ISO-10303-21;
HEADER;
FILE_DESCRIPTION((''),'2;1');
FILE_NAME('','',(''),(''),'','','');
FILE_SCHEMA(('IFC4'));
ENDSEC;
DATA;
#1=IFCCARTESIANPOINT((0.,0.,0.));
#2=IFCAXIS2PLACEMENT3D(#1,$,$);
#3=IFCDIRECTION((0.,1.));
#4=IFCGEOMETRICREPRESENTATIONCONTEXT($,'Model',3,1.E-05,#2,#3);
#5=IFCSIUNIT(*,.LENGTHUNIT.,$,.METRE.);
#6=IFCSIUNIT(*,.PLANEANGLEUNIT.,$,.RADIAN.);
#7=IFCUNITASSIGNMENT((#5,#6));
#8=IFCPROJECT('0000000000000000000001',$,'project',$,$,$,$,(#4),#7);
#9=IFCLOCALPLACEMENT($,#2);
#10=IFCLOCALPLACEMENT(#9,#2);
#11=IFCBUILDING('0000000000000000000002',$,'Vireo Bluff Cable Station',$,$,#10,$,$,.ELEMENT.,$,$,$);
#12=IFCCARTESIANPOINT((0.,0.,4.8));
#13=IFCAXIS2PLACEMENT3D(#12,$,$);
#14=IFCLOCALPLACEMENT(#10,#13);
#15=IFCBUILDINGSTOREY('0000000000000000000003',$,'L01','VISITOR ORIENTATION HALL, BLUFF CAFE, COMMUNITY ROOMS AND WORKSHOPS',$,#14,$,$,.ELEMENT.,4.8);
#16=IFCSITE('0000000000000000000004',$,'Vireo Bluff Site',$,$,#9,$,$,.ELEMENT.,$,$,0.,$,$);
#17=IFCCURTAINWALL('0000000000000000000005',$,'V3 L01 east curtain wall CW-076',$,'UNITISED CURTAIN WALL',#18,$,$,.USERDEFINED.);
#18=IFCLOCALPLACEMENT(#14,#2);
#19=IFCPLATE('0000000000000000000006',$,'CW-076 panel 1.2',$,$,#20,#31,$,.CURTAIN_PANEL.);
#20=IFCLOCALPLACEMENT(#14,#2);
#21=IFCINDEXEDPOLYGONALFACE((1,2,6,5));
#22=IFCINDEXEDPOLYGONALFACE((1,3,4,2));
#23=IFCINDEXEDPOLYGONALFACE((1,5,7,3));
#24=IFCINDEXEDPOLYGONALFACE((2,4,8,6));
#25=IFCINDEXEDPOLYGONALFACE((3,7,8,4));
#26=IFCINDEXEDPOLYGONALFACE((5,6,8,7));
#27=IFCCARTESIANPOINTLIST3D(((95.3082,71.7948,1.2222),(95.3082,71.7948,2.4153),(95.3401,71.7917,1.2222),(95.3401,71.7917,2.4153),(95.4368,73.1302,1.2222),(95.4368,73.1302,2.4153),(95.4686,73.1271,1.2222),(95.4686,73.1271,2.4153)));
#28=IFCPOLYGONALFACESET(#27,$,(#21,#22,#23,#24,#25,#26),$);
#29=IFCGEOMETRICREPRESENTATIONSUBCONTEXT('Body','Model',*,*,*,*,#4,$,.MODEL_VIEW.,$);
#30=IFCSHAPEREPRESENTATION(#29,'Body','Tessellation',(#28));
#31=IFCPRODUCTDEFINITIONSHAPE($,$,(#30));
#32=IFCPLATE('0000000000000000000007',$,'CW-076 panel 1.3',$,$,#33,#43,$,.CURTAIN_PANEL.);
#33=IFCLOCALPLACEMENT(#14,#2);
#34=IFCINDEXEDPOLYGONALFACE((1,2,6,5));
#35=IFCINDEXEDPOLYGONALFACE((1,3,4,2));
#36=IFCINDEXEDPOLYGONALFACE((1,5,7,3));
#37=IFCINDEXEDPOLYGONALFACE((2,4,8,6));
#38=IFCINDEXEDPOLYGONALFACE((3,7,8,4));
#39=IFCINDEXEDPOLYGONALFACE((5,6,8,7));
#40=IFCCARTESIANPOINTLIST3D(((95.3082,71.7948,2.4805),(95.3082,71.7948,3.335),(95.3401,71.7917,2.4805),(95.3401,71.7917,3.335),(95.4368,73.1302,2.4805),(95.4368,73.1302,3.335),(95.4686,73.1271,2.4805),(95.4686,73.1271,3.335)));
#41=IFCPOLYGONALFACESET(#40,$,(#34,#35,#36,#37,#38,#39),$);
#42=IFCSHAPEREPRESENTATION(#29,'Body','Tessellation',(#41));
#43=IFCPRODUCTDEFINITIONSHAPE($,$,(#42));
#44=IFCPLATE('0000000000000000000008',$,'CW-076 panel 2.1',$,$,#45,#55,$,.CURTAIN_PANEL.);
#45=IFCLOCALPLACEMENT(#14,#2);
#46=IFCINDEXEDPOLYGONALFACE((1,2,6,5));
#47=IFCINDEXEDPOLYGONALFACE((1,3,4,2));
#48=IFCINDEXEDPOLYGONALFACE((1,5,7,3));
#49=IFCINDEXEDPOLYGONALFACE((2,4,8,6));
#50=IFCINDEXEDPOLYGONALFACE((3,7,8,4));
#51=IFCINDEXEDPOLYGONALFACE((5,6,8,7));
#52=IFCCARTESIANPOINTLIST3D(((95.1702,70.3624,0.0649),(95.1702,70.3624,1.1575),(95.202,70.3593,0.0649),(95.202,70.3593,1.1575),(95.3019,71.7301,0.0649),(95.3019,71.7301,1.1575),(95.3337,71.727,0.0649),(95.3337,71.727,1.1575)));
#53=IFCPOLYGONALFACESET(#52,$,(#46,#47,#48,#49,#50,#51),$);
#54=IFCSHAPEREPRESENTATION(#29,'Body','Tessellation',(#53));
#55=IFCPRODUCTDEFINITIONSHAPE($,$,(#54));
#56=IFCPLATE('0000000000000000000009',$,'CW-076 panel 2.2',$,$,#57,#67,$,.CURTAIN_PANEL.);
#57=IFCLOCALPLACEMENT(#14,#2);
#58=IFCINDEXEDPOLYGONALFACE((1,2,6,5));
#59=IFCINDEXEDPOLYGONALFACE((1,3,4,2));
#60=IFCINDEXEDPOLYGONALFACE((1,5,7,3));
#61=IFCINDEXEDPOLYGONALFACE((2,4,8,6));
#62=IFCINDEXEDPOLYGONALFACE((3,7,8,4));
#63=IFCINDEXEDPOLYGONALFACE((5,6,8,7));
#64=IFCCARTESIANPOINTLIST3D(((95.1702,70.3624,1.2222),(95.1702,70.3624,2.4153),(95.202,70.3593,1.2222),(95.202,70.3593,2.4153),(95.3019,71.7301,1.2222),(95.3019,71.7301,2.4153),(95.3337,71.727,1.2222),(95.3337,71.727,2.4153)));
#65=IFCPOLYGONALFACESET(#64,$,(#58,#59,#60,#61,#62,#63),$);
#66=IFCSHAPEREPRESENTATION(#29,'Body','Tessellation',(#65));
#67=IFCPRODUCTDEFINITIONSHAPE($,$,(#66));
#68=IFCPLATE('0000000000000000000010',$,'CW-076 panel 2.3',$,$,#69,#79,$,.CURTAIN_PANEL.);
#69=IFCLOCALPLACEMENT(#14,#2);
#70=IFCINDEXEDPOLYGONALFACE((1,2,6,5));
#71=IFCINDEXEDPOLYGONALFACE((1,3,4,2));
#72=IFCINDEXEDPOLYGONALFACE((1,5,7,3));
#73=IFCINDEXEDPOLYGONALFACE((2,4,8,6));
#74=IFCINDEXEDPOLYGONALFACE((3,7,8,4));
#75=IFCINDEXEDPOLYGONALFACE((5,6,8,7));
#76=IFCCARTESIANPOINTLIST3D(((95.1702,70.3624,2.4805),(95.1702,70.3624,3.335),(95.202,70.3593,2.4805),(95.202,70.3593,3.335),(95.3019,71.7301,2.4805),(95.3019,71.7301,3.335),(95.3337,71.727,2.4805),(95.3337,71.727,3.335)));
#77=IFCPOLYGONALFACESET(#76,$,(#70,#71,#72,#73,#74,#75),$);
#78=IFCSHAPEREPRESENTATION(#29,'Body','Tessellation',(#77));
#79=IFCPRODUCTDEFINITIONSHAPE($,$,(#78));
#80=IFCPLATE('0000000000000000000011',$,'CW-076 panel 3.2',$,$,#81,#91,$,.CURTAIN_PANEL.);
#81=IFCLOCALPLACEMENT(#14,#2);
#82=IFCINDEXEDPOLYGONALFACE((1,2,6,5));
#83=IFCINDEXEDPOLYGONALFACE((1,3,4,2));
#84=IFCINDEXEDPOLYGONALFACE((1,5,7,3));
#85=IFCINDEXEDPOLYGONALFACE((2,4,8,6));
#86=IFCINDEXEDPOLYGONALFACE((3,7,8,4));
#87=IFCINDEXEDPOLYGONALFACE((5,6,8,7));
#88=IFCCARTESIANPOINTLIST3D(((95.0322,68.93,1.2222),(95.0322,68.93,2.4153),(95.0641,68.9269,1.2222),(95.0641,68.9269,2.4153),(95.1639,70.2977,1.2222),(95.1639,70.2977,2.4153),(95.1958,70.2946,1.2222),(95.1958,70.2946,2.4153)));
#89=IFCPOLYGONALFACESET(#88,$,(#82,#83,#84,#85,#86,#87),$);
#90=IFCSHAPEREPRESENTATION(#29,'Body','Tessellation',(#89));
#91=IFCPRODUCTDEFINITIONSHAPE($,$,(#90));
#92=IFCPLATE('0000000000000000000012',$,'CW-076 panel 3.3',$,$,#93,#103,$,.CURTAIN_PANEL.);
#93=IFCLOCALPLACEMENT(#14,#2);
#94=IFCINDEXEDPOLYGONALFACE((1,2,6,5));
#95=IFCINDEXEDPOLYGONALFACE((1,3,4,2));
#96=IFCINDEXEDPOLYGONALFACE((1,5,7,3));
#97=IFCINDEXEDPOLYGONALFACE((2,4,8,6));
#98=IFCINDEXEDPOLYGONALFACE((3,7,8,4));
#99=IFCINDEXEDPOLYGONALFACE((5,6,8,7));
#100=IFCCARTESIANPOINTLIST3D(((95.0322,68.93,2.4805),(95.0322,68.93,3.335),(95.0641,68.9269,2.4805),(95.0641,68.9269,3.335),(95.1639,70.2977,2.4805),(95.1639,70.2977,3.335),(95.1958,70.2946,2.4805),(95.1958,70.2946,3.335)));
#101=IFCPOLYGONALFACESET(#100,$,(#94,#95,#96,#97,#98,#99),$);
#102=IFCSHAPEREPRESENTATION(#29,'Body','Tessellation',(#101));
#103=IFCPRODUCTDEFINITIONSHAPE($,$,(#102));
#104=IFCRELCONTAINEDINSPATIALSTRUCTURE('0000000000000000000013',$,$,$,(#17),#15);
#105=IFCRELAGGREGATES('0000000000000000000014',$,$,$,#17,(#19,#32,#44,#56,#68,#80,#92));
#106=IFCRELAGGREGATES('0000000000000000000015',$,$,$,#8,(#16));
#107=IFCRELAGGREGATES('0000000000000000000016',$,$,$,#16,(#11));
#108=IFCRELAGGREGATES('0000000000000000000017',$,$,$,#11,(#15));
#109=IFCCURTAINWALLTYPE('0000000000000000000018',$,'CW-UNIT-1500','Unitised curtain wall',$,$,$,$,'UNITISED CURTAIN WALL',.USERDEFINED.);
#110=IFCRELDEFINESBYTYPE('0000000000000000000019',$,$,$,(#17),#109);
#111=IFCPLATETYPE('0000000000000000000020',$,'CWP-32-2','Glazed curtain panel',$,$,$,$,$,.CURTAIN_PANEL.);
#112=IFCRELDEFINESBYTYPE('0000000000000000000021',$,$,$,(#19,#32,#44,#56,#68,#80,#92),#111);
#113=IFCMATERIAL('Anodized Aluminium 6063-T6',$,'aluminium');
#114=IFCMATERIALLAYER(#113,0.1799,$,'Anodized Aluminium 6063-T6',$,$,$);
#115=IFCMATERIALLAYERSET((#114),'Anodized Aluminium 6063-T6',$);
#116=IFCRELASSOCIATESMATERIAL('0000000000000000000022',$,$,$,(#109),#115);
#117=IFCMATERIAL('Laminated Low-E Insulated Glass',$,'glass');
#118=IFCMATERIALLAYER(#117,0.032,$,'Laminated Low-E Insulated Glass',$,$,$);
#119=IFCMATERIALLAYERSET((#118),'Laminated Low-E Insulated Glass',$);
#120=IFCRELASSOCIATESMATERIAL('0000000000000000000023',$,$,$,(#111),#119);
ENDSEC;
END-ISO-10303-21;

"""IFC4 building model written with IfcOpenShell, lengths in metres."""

from ifc_helpers import new_model, si_unit, direction, frame, origin, origin_2d, place, context, subcontext, project, spatial, rectangle, extrude, material, layer, layer_set, type_object, element, aggregate, save


model = new_model("IFC4")

# Units and contexts
model_context = context("Model", 3, precision=1e-05, world=origin(), true_north=direction((0.0, 1.0)))
body_context = subcontext(model_context, "Body", "Model", "MODEL_VIEW")
ifc_project = project(units=[si_unit("LENGTHUNIT", "METRE"), si_unit("PLANEANGLEUNIT", "RADIAN")], contexts=[model_context])

# Site, building, storey
site_placement = place(None, origin())
site = spatial("IfcSite", under=ifc_project, at=site_placement, Name="Vireo Bluff Site", CompositionType="ELEMENT", RefElevation=0.0)
building_placement = place(site_placement, origin())
building = spatial("IfcBuilding", under=site, at=building_placement, Name="Vireo Bluff Cable Station", CompositionType="ELEMENT")
storey_placement = place(building_placement, frame((0.0, 0.0, 4.8)))
storey = spatial("IfcBuildingStorey", under=building, at=storey_placement, Name="L01", Description="VISITOR ORIENTATION HALL, BLUFF CAFE, COMMUNITY ROOMS AND WORKSHOPS", CompositionType="ELEMENT", Elevation=4.8)

# Curtain wall
ifc_material_1 = material(Name="Anodized Aluminium 6063-T6", Category="aluminium")
ifc_layer_1 = layer(ifc_material_1, 0.1799, Name="Anodized Aluminium 6063-T6")
ifc_layer_set_1 = layer_set([ifc_layer_1], Name="Anodized Aluminium 6063-T6")
curtain_wall_type = type_object("IfcCurtainWallType", Name="CW-UNIT-1500", Description="Unitised curtain wall", ElementType="UNITISED CURTAIN WALL", PredefinedType="USERDEFINED", material=ifc_layer_set_1)
curtain_wall_placement = place(storey_placement, origin())
curtain_wall = element("IfcCurtainWall", 1, at=curtain_wall_placement, inside=storey, type_object=curtain_wall_type, Name="V3 L01 east curtain wall CW-076", ObjectType="UNITISED CURTAIN WALL", PredefinedType="USERDEFINED")

# Plates
ifc_material_2 = material(Name="Laminated Low-E Insulated Glass", Category="glass")
ifc_layer_2 = layer(ifc_material_2, 0.032, Name="Laminated Low-E Insulated Glass")
ifc_layer_set_2 = layer_set([ifc_layer_2], Name="Laminated Low-E Insulated Glass")
plate_type = type_object("IfcPlateType", Name="CWP-32-2", Description="Glazed curtain panel", PredefinedType="CURTAIN_PANEL", material=ifc_layer_set_2)
plate_1_placement = place(storey_placement, frame((95.3884, 72.4609, 1.2222), z_axis=(0.0, 0.0, 1.0), x_axis=(-0.095846, -0.995396, 0.0)))
plate_1 = element("IfcPlate", 2, at=plate_1_placement, type_object=plate_type, Name="CW-076 panel 1.2", PredefinedType="CURTAIN_PANEL", context=body_context, shape_type="SweptSolid", body=[
    extrude(rectangle(XDim=1.3416, YDim=0.032, at=origin_2d()), origin(), (0.0, 0.0, 1.0), 1.1931),
])
plate_2_placement = place(storey_placement, frame((95.3884, 72.4609, 2.4805), z_axis=(0.0, 0.0, 1.0), x_axis=(-0.095846, -0.995396, 0.0)))
plate_2 = element("IfcPlate", 3, at=plate_2_placement, type_object=plate_type, Name="CW-076 panel 1.3", PredefinedType="CURTAIN_PANEL", context=body_context, shape_type="SweptSolid", body=[
    extrude(rectangle(XDim=1.3416, YDim=0.032, at=origin_2d()), origin(), (0.0, 0.0, 1.0), 0.8545),
])
plate_3_placement = place(storey_placement, frame((95.252, 71.0447, 0.0649), z_axis=(0.0, 0.0, 1.0), x_axis=(-0.095846, -0.995396, 0.0)))
plate_3 = element("IfcPlate", 4, at=plate_3_placement, type_object=plate_type, Name="CW-076 panel 2.1", PredefinedType="CURTAIN_PANEL", context=body_context, shape_type="SweptSolid", body=[
    extrude(rectangle(XDim=1.374, YDim=0.032, at=origin_2d()), origin(), (0.0, 0.0, 1.0), 1.0925),
])
plate_4_placement = place(storey_placement, frame((95.252, 71.0447, 1.2222), z_axis=(0.0, 0.0, 1.0), x_axis=(-0.095846, -0.995396, 0.0)))
plate_4 = element("IfcPlate", 5, at=plate_4_placement, type_object=plate_type, Name="CW-076 panel 2.2", PredefinedType="CURTAIN_PANEL", context=body_context, shape_type="SweptSolid", body=[
    extrude(rectangle(XDim=1.374, YDim=0.032, at=origin_2d()), origin(), (0.0, 0.0, 1.0), 1.1931),
])
plate_5_placement = place(storey_placement, frame((95.252, 71.0447, 2.4805), z_axis=(0.0, 0.0, 1.0), x_axis=(-0.095846, -0.995396, 0.0)))
plate_5 = element("IfcPlate", 6, at=plate_5_placement, type_object=plate_type, Name="CW-076 panel 2.3", PredefinedType="CURTAIN_PANEL", context=body_context, shape_type="SweptSolid", body=[
    extrude(rectangle(XDim=1.374, YDim=0.032, at=origin_2d()), origin(), (0.0, 0.0, 1.0), 0.8545),
])
plate_6_placement = place(storey_placement, frame((95.114, 69.6123, 1.2222), z_axis=(0.0, 0.0, 1.0), x_axis=(-0.095846, -0.995396, 0.0)))
plate_6 = element("IfcPlate", 7, at=plate_6_placement, type_object=plate_type, Name="CW-076 panel 3.2", PredefinedType="CURTAIN_PANEL", context=body_context, shape_type="SweptSolid", body=[
    extrude(rectangle(XDim=1.374, YDim=0.032, at=origin_2d()), origin(), (0.0, 0.0, 1.0), 1.1931),
])
plate_7_placement = place(storey_placement, frame((95.114, 69.6123, 2.4805), z_axis=(0.0, 0.0, 1.0), x_axis=(-0.095846, -0.995396, 0.0)))
plate_7 = element("IfcPlate", 8, at=plate_7_placement, type_object=plate_type, Name="CW-076 panel 3.3", PredefinedType="CURTAIN_PANEL", context=body_context, shape_type="SweptSolid", body=[
    extrude(rectangle(XDim=1.374, YDim=0.032, at=origin_2d()), origin(), (0.0, 0.0, 1.0), 0.8545),
])
aggregate(curtain_wall, [plate_1, plate_2, plate_3, plate_4, plate_5, plate_6, plate_7])

save(model, "model.ifc")
